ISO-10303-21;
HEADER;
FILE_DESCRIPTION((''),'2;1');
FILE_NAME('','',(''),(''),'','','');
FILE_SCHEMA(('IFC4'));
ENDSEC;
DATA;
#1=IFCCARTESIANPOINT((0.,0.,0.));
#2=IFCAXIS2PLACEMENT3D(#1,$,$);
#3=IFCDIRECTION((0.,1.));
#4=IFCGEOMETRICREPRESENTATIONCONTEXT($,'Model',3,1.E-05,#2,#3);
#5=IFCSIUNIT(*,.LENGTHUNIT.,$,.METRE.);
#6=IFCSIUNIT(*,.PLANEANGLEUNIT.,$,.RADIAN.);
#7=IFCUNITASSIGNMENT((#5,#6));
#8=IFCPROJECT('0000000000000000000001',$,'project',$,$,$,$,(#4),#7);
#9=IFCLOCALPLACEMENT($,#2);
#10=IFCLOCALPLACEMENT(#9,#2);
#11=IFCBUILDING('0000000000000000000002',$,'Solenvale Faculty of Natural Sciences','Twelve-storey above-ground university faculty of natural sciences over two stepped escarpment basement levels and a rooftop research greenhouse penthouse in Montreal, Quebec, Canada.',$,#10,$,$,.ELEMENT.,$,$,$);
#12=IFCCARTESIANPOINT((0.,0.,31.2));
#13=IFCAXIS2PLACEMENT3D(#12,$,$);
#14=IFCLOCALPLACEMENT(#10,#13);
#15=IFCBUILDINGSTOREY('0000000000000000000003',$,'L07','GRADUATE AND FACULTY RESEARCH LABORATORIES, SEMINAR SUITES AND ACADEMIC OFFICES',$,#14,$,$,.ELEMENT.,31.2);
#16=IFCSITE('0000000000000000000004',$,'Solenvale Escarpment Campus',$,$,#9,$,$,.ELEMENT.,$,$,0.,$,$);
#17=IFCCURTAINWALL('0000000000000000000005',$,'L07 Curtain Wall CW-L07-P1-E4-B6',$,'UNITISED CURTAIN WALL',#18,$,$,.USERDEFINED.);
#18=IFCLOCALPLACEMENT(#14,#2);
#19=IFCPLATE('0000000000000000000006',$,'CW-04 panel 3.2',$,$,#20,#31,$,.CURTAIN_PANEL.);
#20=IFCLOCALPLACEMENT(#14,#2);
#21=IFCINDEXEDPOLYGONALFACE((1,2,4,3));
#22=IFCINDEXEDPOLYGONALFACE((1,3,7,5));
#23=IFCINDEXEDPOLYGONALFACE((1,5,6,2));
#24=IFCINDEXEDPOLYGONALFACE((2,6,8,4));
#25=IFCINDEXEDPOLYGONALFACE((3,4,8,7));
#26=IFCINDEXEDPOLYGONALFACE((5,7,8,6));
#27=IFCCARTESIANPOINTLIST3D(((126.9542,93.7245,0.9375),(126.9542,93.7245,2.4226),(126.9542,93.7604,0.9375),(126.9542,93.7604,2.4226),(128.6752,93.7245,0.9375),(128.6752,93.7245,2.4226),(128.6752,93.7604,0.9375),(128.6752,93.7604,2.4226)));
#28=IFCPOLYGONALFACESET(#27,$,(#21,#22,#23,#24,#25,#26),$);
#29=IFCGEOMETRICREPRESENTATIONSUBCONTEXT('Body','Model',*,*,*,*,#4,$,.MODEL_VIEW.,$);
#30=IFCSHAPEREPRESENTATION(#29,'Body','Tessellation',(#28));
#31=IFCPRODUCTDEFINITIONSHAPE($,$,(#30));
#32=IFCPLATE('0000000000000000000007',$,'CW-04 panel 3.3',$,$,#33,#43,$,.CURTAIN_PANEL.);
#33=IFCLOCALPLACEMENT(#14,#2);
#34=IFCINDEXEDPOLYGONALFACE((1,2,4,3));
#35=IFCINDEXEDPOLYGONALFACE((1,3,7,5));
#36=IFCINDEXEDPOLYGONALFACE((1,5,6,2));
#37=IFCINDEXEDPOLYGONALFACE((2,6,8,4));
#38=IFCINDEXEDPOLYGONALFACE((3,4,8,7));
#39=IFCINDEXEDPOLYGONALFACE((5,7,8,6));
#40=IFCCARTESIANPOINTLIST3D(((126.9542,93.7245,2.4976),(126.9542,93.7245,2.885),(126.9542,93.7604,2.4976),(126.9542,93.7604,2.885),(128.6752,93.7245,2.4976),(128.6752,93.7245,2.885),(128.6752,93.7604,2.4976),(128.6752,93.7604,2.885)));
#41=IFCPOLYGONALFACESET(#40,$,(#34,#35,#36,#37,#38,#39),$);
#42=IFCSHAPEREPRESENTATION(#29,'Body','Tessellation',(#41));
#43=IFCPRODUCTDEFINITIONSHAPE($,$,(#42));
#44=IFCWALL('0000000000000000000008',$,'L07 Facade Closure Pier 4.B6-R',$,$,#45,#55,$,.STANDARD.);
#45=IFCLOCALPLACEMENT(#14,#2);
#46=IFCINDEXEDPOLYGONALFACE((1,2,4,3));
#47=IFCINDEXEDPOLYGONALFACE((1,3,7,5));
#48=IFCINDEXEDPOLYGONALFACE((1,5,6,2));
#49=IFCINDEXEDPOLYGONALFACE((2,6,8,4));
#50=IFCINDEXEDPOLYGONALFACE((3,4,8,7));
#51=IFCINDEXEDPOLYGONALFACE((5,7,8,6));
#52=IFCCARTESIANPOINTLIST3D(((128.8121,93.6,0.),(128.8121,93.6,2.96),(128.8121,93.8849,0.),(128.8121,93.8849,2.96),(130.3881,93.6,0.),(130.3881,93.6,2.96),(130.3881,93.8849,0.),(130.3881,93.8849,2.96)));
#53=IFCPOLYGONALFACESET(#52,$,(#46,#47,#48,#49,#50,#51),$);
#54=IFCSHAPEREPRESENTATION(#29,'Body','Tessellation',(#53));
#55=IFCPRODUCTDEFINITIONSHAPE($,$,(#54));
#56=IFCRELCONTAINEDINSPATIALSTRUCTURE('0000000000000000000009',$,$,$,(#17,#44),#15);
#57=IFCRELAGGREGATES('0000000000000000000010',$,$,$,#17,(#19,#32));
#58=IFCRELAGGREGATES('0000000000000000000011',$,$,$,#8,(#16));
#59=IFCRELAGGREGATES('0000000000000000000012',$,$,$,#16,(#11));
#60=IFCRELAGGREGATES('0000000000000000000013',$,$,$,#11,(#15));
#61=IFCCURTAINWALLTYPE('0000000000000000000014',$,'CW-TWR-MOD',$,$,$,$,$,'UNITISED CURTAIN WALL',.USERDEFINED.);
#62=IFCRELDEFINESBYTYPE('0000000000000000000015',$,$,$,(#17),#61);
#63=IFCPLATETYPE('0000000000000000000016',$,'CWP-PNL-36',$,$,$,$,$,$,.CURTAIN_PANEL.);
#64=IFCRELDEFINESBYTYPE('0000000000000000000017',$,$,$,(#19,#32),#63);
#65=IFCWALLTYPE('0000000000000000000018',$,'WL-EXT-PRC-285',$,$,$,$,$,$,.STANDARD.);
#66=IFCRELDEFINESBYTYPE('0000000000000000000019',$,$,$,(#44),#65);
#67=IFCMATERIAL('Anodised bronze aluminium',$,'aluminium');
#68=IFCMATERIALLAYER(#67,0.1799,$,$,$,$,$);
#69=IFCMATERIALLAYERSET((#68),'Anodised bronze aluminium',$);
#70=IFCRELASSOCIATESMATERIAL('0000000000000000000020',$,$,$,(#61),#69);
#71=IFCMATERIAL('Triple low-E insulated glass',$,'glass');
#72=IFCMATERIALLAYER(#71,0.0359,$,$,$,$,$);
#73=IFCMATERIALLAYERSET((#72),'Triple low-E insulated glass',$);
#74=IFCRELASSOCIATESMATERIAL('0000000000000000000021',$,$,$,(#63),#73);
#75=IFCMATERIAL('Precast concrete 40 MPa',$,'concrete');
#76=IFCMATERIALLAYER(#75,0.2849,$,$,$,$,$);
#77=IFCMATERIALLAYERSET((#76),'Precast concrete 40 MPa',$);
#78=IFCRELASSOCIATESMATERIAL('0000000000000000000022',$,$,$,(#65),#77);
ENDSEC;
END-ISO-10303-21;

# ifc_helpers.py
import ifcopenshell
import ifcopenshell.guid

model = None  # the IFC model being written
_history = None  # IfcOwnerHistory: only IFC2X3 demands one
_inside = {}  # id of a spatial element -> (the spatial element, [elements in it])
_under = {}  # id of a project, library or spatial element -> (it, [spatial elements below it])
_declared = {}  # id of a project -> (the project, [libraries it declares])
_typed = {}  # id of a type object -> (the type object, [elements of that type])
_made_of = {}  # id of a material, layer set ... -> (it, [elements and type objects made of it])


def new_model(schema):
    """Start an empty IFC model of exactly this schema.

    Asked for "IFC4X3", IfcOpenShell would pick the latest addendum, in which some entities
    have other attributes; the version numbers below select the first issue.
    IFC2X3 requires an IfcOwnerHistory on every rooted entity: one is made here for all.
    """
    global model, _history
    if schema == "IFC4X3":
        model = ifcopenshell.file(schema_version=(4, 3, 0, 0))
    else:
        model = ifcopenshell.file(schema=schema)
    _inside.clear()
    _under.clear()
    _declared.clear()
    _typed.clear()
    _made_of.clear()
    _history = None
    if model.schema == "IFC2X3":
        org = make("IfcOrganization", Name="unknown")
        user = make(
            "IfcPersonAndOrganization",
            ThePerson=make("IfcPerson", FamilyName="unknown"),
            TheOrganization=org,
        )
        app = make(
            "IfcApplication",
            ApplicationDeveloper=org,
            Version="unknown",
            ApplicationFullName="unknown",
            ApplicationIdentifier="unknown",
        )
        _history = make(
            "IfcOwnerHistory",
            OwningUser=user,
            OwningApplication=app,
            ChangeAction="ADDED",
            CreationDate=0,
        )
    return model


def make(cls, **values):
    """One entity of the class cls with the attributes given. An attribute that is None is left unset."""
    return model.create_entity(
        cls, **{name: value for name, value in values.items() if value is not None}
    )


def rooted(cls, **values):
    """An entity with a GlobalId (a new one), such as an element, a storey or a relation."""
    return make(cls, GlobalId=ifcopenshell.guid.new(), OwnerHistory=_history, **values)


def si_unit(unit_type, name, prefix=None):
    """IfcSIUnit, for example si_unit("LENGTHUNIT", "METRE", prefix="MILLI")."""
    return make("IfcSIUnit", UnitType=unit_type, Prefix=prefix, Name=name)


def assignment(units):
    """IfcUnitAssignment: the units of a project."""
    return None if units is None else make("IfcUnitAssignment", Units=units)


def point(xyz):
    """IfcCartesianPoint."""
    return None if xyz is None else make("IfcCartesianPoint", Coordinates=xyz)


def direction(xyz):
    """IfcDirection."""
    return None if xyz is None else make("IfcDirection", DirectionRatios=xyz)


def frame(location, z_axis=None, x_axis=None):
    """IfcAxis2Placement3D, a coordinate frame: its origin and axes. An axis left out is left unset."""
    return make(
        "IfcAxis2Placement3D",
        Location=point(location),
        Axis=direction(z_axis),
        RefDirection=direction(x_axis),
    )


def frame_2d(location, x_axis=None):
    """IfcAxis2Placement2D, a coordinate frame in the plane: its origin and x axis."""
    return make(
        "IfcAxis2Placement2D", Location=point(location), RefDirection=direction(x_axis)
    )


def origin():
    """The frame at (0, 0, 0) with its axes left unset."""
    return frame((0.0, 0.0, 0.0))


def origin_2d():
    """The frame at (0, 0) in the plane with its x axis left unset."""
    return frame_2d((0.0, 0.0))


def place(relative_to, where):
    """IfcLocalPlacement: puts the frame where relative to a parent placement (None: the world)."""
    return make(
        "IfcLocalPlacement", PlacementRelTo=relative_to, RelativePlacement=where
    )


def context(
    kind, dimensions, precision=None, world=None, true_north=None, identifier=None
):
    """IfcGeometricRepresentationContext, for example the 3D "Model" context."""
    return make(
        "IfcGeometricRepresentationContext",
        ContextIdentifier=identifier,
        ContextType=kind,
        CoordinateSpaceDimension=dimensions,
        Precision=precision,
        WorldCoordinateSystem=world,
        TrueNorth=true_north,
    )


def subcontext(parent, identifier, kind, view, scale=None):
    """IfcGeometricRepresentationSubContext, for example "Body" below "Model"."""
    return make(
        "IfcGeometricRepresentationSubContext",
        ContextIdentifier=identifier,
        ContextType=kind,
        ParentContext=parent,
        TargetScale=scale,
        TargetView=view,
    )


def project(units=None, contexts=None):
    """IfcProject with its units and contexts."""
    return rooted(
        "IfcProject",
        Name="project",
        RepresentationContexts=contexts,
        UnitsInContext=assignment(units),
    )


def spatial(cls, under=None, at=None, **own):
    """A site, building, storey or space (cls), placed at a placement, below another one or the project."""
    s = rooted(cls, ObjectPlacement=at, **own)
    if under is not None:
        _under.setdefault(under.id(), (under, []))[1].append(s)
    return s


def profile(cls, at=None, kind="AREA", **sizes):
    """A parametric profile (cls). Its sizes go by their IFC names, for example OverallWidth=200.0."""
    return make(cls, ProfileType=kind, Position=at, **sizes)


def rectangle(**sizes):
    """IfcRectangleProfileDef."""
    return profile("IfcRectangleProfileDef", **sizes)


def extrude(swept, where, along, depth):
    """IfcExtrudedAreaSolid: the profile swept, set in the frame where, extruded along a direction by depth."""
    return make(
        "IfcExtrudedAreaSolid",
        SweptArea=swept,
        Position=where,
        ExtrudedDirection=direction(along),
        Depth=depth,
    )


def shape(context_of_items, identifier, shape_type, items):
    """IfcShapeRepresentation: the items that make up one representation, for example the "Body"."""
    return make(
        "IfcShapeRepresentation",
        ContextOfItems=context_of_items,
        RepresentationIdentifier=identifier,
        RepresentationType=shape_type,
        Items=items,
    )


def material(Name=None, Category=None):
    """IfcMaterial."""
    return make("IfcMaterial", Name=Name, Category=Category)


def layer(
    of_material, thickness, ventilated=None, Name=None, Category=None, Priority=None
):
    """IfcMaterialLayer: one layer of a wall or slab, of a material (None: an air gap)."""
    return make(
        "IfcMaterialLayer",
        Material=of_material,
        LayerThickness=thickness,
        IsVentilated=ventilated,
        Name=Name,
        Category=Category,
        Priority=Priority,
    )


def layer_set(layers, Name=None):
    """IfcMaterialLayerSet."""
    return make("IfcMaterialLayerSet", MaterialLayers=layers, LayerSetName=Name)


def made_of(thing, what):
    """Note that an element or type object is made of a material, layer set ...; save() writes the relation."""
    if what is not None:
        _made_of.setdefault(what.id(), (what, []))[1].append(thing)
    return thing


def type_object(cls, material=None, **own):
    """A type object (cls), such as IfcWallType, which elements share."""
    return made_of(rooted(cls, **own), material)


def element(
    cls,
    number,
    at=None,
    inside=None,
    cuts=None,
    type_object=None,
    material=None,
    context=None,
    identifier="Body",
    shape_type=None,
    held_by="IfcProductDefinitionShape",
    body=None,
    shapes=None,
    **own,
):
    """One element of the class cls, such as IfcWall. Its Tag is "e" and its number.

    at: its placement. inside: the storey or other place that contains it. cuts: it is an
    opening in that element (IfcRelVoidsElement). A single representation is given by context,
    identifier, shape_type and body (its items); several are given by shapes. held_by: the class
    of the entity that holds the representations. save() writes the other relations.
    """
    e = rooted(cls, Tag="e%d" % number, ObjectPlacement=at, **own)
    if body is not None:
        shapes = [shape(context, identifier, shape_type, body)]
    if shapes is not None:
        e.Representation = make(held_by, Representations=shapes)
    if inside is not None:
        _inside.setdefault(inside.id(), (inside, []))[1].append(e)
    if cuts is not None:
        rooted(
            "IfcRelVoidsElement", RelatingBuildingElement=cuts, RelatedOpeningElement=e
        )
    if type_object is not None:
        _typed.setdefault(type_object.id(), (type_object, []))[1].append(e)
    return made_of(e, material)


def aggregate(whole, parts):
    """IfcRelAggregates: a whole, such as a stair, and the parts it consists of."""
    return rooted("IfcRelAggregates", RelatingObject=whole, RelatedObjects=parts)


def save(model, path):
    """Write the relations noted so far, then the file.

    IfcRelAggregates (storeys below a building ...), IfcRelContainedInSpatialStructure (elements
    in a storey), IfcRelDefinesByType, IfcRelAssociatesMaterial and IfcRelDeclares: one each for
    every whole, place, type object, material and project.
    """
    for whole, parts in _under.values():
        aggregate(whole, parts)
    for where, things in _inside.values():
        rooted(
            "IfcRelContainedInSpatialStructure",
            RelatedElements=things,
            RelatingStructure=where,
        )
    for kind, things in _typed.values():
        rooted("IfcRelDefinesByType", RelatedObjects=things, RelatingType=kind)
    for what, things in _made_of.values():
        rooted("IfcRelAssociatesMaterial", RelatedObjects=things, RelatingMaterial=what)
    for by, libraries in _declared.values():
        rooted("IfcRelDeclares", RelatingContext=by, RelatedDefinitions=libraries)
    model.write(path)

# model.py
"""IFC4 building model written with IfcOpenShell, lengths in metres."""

from ifc_helpers import new_model, si_unit, direction, frame, frame_2d, origin, origin_2d, place, context, subcontext, project, spatial, rectangle, extrude, material, layer, layer_set, type_object, element, aggregate, save


model = new_model("IFC4")

# Units and contexts
model_context = context("Model", 3, precision=1e-05, world=origin(), true_north=direction((0.0, 1.0)))
body_context = subcontext(model_context, "Body", "Model", "MODEL_VIEW")
ifc_project = project(units=[si_unit("LENGTHUNIT", "METRE"), si_unit("PLANEANGLEUNIT", "RADIAN")], contexts=[model_context])

# Site, building, storey
site_placement = place(None, origin())
site = spatial("IfcSite", under=ifc_project, at=site_placement, Name="Solenvale Escarpment Campus", CompositionType="ELEMENT", RefElevation=0.0)
building_placement = place(site_placement, origin())
building = spatial("IfcBuilding", under=site, at=building_placement, Name="Solenvale Faculty of Natural Sciences", Description="Twelve-storey above-ground university faculty of natural sciences over two stepped escarpment basement levels and a rooftop research greenhouse penthouse in Montreal, Quebec, Canada.", CompositionType="ELEMENT")
storey_placement = place(building_placement, frame((0.0, 0.0, 31.2)))
storey = spatial("IfcBuildingStorey", under=building, at=storey_placement, Name="L07", Description="GRADUATE AND FACULTY RESEARCH LABORATORIES, SEMINAR SUITES AND ACADEMIC OFFICES", CompositionType="ELEMENT", Elevation=31.2)

# Curtain wall, plates
ifc_material_1 = material(Name="Anodised bronze aluminium", Category="aluminium")
ifc_layer_1 = layer(ifc_material_1, 0.1799)
ifc_layer_set_1 = layer_set([ifc_layer_1], Name="Anodised bronze aluminium")
curtain_wall_type = type_object("IfcCurtainWallType", Name="CW-TWR-MOD", ElementType="UNITISED CURTAIN WALL", PredefinedType="USERDEFINED", material=ifc_layer_set_1)
curtain_wall_placement = place(storey_placement, origin())
curtain_wall = element("IfcCurtainWall", 1, at=curtain_wall_placement, inside=storey, type_object=curtain_wall_type, Name="L07 Curtain Wall CW-L07-P1-E4-B6", ObjectType="UNITISED CURTAIN WALL", PredefinedType="USERDEFINED")
ifc_material_2 = material(Name="Triple low-E insulated glass", Category="glass")
ifc_layer_2 = layer(ifc_material_2, 0.0359)
ifc_layer_set_2 = layer_set([ifc_layer_2], Name="Triple low-E insulated glass")
plate_type = type_object("IfcPlateType", Name="CWP-PNL-36", PredefinedType="CURTAIN_PANEL", material=ifc_layer_set_2)
plate_1_placement = place(storey_placement, frame((127.8147, 93.7424, 0.9375), z_axis=(0.0, 0.0, 1.0), x_axis=(1.0, 0.0, 0.0)))
plate_1 = element("IfcPlate", 2, at=plate_1_placement, type_object=plate_type, Name="CW-04 panel 3.2", PredefinedType="CURTAIN_PANEL", context=body_context, shape_type="SweptSolid", body=[
    extrude(rectangle(XDim=1.7209, YDim=0.0359, at=origin_2d()), origin(), (0.0, 0.0, 1.0), 1.4851),
])
plate_2_placement = place(storey_placement, frame((127.8147, 93.7424, 2.4976), z_axis=(0.0, 0.0, 1.0), x_axis=(1.0, 0.0, 0.0)))
plate_2 = element("IfcPlate", 3, at=plate_2_placement, type_object=plate_type, Name="CW-04 panel 3.3", PredefinedType="CURTAIN_PANEL", context=body_context, shape_type="SweptSolid", body=[
    extrude(rectangle(XDim=1.7209, YDim=0.0359, at=origin_2d()), origin(), (0.0, 0.0, 1.0), 0.3875),
])
aggregate(curtain_wall, [plate_1, plate_2])

# Wall
ifc_material_3 = material(Name="Precast concrete 40 MPa", Category="concrete")
ifc_layer_3 = layer(ifc_material_3, 0.2849)
ifc_layer_set_3 = layer_set([ifc_layer_3], Name="Precast concrete 40 MPa")
wall_type = type_object("IfcWallType", Name="WL-EXT-PRC-285", PredefinedType="STANDARD", material=ifc_layer_set_3)
wall_placement = place(storey_placement, frame((128.812, 93.7424, 0.0), z_axis=(0.0, 0.0, 1.0), x_axis=(1.0, 0.0, 0.0)))
element("IfcWall", 4, at=wall_placement, inside=storey, type_object=wall_type, Name="L07 Facade Closure Pier 4.B6-R", PredefinedType="STANDARD", context=body_context, shape_type="SweptSolid", body=[
    extrude(rectangle(XDim=1.5759, YDim=0.2849, at=frame_2d((0.7881, 0.0))), origin(), (0.0, 0.0, 1.0), 2.96),
])

save(model, "model.ifc")
